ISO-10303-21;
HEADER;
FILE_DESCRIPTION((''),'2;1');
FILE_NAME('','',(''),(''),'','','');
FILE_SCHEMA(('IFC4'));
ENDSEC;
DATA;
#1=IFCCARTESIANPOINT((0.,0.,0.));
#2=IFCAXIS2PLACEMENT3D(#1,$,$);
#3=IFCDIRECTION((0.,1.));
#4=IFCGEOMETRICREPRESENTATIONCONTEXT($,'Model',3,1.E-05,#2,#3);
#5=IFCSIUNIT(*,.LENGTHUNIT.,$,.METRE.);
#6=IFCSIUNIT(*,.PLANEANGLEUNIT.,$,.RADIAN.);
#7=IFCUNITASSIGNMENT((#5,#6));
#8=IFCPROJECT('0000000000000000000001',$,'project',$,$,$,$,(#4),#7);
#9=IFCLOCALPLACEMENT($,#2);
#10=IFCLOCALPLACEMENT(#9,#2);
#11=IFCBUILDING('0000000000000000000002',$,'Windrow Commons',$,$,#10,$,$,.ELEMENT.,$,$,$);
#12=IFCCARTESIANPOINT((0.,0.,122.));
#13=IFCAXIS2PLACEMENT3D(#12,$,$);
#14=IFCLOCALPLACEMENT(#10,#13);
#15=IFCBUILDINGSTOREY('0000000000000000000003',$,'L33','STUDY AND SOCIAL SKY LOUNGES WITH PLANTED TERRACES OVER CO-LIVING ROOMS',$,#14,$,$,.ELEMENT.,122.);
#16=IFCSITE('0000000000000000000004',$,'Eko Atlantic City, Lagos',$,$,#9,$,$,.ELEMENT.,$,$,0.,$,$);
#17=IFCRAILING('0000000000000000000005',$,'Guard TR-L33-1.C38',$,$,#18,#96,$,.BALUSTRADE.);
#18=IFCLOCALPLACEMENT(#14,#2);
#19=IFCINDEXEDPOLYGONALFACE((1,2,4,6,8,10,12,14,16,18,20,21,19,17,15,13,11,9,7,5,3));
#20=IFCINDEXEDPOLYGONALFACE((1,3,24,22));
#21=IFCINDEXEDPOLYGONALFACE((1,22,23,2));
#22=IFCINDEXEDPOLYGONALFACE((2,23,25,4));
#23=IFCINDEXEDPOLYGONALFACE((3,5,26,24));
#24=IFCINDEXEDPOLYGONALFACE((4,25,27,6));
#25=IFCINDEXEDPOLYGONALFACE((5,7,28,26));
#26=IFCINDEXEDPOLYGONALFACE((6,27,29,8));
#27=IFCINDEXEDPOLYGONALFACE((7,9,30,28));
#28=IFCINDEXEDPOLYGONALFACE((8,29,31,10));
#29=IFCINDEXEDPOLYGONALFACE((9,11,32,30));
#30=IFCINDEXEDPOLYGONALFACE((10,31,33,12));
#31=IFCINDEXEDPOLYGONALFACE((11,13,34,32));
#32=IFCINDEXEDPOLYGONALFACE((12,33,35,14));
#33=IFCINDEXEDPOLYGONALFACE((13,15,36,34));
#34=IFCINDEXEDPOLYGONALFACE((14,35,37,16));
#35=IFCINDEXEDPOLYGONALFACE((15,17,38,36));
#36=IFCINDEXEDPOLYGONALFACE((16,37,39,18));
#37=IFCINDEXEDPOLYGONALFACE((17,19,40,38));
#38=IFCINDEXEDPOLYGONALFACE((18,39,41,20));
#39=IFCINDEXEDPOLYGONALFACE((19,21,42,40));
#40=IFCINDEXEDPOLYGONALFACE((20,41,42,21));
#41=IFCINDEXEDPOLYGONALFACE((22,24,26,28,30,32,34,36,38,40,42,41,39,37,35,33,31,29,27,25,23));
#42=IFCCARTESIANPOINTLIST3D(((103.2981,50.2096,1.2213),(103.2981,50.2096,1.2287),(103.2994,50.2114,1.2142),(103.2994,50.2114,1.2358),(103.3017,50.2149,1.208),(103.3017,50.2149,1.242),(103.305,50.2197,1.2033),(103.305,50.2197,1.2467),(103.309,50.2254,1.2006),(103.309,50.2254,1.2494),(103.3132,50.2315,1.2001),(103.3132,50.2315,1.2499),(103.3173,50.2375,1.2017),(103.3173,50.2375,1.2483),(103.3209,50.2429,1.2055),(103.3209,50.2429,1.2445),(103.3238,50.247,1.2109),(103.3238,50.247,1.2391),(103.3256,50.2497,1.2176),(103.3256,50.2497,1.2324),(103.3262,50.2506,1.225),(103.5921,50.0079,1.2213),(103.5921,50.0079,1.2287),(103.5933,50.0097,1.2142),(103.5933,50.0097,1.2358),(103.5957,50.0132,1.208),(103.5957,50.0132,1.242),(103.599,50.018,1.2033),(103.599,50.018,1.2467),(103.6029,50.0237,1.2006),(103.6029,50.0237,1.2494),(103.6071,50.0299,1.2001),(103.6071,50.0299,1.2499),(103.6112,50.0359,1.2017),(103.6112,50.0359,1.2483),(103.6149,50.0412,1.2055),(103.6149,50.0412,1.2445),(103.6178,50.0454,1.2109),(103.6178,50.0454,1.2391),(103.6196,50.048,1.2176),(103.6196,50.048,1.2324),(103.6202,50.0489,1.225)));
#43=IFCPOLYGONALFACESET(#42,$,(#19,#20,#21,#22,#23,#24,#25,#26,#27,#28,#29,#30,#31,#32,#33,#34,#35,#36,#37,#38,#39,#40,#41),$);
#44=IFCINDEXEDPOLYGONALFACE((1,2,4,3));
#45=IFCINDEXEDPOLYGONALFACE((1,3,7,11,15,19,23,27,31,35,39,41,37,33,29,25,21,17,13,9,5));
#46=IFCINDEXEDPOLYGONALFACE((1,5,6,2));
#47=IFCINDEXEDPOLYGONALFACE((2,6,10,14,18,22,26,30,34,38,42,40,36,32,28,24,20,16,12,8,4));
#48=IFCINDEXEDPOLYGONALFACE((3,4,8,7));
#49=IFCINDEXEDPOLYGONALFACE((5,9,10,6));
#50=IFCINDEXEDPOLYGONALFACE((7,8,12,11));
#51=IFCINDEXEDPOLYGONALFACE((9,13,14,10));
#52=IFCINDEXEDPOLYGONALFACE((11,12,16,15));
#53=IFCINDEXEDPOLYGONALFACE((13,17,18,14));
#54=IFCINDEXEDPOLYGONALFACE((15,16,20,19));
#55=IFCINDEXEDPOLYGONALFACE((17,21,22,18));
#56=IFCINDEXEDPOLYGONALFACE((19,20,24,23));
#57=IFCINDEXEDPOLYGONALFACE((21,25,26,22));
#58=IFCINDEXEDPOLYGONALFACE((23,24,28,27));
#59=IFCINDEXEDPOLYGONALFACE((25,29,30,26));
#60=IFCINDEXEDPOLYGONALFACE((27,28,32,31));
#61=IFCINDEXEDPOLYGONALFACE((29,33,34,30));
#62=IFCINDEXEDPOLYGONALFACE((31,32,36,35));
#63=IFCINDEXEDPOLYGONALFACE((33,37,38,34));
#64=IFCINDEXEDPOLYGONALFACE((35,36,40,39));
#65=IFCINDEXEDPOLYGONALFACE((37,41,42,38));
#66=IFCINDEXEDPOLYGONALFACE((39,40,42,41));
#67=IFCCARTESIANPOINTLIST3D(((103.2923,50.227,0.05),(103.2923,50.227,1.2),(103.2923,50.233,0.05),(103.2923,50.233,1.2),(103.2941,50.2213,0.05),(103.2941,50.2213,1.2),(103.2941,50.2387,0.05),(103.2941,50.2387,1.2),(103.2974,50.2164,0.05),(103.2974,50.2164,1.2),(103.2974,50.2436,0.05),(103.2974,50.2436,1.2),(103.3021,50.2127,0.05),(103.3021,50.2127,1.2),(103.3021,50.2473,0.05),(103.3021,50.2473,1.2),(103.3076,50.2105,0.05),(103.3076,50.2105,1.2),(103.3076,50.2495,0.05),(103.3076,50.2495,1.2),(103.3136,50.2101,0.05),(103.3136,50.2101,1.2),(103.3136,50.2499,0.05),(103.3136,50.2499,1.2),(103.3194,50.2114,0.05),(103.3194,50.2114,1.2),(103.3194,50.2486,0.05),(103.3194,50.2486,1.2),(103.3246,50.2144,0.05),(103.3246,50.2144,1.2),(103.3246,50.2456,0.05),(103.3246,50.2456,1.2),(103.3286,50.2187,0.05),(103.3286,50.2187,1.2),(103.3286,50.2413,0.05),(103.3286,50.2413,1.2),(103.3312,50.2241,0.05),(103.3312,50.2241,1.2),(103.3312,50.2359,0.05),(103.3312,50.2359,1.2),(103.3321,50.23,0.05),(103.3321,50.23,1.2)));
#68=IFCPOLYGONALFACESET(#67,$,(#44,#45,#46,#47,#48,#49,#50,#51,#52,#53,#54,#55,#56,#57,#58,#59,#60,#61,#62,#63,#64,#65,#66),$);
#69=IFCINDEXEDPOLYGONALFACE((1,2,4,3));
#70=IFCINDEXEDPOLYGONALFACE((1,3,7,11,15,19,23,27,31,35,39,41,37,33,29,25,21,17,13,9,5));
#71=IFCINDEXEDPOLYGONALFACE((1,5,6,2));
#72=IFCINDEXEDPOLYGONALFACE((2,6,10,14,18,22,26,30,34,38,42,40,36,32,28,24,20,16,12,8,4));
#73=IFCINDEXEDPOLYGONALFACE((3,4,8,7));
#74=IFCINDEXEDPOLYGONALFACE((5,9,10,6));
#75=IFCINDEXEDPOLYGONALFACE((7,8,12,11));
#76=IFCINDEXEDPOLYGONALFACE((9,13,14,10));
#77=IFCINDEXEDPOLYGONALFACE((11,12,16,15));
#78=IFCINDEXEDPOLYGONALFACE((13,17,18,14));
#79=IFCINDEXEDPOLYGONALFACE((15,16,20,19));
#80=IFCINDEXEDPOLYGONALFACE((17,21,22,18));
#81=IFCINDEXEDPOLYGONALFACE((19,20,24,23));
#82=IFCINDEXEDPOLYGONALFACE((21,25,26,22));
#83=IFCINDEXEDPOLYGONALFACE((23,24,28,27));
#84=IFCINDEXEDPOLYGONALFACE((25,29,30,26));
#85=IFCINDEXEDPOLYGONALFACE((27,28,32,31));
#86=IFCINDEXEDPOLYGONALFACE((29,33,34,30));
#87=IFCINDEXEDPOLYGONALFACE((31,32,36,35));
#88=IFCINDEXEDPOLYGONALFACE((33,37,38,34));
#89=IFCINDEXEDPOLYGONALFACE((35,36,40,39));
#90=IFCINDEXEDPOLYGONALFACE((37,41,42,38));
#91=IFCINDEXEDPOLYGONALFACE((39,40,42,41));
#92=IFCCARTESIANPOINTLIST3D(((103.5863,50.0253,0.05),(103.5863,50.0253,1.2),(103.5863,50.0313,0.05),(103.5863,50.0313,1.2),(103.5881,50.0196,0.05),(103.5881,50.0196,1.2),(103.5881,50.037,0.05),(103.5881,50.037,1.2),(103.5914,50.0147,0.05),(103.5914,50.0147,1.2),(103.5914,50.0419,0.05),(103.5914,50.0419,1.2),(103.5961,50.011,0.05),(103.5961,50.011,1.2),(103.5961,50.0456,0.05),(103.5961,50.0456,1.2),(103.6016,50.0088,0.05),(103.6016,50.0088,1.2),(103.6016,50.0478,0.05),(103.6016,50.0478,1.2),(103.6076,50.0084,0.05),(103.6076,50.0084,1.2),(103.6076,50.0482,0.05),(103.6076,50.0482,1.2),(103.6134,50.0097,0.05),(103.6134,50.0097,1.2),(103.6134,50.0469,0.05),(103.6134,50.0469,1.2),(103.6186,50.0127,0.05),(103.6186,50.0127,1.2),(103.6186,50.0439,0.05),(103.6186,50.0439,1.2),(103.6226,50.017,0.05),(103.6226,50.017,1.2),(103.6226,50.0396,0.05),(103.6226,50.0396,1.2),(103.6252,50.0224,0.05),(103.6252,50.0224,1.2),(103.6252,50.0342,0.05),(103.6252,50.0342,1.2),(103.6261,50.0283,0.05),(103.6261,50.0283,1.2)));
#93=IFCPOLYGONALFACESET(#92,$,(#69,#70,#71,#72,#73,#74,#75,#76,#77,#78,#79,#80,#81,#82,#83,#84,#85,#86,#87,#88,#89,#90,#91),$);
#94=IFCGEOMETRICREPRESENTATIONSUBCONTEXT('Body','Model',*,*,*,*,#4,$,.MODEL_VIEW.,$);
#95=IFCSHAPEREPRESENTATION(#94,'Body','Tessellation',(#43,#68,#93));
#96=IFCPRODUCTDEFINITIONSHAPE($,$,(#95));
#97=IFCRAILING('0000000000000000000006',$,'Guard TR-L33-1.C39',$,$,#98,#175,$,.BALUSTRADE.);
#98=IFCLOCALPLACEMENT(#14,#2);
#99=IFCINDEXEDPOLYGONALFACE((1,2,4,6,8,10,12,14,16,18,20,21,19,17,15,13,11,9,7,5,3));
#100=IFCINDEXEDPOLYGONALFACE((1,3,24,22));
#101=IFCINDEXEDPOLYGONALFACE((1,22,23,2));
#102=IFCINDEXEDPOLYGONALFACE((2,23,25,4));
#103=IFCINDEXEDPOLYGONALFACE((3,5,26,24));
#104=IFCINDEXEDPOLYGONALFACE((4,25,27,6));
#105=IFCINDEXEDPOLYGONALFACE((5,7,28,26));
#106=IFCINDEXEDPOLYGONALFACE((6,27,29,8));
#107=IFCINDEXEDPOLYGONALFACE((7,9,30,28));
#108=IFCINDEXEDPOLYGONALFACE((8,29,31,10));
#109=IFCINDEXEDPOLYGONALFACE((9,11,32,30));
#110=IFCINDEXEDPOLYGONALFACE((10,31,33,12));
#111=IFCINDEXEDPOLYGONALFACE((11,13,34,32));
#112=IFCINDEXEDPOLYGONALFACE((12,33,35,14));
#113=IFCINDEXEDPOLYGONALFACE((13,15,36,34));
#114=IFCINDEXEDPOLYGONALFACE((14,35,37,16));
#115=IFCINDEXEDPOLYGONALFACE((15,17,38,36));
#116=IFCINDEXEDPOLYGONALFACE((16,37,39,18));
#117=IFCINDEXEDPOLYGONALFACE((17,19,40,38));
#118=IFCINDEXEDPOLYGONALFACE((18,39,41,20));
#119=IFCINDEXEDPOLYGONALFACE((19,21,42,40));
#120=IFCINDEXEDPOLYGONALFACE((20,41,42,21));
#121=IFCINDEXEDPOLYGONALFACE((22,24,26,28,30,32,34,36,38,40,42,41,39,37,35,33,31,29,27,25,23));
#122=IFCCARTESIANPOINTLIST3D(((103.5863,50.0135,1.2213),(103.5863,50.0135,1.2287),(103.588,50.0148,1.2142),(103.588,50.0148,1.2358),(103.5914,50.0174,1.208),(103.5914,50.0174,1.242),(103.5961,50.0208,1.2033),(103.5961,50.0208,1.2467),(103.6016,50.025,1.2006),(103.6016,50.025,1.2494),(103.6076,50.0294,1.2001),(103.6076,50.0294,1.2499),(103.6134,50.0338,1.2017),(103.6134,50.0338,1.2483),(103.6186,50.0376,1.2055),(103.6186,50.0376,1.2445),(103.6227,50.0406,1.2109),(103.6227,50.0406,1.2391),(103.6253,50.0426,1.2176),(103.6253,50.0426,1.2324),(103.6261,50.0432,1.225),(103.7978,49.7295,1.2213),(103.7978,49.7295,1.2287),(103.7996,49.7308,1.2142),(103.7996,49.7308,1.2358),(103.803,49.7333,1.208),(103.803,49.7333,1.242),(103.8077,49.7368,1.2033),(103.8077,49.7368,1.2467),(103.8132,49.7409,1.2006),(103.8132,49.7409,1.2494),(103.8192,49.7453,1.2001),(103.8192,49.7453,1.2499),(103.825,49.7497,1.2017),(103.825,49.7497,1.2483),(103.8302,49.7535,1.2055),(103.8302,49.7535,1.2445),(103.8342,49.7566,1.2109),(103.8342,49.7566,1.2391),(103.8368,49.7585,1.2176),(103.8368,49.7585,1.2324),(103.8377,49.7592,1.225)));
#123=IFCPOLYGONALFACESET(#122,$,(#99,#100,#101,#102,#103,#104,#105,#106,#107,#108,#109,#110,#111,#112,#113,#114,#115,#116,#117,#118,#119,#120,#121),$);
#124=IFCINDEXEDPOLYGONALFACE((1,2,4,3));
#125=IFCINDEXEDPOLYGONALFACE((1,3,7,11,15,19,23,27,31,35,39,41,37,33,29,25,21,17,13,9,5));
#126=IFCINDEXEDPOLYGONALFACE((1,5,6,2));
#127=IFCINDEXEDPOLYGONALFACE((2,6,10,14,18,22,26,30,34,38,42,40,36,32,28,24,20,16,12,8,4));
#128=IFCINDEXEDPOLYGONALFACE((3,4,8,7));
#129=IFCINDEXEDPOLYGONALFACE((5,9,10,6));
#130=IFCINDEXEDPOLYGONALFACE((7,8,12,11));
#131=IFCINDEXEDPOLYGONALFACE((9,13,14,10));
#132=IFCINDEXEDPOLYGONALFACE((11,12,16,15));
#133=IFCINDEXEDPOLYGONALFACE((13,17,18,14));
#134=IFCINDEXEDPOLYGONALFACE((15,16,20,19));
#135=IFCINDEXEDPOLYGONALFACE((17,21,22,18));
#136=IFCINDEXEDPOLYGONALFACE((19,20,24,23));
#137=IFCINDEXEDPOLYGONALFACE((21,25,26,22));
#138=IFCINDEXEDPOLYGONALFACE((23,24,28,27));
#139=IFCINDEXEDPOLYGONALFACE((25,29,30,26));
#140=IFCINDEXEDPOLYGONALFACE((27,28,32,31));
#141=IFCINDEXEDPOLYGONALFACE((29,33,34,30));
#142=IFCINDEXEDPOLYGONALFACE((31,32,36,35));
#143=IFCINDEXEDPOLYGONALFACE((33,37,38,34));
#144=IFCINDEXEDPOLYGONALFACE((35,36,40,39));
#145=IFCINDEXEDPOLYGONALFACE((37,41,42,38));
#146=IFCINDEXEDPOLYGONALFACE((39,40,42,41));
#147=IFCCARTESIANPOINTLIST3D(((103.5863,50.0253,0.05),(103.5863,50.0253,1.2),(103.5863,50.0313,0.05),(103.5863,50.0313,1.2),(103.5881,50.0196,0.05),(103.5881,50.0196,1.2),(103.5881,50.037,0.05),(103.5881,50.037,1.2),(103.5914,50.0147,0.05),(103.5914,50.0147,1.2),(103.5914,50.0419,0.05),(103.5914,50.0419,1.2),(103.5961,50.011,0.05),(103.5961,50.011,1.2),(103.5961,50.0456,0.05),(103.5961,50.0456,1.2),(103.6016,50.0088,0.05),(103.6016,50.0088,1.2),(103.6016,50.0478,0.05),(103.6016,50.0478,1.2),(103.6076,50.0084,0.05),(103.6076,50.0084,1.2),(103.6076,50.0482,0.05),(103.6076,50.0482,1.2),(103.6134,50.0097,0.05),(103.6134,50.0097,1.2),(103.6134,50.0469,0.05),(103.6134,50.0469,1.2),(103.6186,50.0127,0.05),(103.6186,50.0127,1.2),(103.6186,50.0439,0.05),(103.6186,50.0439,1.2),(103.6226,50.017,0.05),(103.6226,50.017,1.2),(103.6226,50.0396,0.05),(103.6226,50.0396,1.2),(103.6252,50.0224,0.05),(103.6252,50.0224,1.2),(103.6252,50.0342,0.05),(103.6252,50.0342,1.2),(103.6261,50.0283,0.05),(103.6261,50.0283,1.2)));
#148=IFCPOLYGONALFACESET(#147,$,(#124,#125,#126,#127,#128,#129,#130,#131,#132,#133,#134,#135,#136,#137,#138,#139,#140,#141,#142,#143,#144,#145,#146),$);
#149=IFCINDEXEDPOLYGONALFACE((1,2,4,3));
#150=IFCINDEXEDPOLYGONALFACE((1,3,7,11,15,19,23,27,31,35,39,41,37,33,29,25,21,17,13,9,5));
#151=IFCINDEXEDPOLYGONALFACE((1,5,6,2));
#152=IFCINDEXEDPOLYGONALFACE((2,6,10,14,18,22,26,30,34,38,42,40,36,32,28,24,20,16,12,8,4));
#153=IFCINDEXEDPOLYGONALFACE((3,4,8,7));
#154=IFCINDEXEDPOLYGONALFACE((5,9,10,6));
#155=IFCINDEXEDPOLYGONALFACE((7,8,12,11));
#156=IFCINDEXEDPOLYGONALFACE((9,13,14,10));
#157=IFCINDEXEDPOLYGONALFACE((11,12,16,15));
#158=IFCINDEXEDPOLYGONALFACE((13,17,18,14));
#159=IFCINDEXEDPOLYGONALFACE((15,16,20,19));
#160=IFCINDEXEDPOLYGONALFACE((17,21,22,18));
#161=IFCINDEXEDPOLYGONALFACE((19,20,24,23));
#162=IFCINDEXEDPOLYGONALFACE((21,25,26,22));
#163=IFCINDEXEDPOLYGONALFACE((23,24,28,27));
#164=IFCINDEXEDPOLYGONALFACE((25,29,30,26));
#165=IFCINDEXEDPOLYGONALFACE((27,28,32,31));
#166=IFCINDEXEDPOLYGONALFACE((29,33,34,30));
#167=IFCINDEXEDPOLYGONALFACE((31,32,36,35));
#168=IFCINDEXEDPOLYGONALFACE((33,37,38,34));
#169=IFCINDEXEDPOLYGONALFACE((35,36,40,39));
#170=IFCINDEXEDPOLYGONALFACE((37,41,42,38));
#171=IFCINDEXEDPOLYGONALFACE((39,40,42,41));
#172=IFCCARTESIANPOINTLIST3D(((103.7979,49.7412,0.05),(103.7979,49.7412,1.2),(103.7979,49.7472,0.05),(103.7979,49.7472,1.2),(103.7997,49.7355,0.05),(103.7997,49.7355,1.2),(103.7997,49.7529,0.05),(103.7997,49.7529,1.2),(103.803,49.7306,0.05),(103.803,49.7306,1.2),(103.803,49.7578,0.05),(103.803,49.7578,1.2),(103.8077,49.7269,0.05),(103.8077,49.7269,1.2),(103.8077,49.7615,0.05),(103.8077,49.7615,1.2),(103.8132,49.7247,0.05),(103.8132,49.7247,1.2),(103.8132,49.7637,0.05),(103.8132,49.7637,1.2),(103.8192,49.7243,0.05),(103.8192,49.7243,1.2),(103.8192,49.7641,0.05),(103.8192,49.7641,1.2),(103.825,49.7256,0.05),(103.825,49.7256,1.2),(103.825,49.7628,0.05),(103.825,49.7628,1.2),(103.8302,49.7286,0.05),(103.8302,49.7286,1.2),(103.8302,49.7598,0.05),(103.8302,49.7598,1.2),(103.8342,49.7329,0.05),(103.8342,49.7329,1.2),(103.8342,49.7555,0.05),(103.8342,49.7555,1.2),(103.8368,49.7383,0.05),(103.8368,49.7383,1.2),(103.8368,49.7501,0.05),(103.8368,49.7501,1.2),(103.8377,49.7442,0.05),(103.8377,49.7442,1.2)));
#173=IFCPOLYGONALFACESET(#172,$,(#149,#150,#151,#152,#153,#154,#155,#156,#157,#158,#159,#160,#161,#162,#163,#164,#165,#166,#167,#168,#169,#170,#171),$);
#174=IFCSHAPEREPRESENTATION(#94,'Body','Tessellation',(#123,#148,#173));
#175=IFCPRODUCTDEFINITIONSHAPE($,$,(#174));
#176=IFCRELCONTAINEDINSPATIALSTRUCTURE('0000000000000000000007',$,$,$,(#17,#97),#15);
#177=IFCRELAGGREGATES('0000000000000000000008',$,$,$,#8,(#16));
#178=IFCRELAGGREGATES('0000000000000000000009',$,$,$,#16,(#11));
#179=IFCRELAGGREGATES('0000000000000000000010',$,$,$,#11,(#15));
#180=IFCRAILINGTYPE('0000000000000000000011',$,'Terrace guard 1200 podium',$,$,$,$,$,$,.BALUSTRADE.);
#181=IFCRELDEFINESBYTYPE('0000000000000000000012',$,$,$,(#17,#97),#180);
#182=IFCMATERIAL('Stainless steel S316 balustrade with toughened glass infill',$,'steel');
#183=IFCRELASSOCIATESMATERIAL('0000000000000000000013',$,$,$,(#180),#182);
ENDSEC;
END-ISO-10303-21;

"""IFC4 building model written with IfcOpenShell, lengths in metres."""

from ifc_helpers import new_model, si_unit, direction, frame, origin, origin_2d, place, context, subcontext, project, spatial, circle, extrude, material, type_object, element, save


model = new_model("IFC4")

# Units and contexts
model_context = context("Model", 3, precision=1e-05, world=origin(), true_north=direction((0.0, 1.0)))
body_context = subcontext(model_context, "Body", "Model", "MODEL_VIEW")
ifc_project = project(units=[si_unit("LENGTHUNIT", "METRE"), si_unit("PLANEANGLEUNIT", "RADIAN")], contexts=[model_context])

# Site, building, storey
site_placement = place(None, origin())
site = spatial("IfcSite", under=ifc_project, at=site_placement, Name="Eko Atlantic City, Lagos", CompositionType="ELEMENT", RefElevation=0.0)
building_placement = place(site_placement, origin())
building = spatial("IfcBuilding", under=site, at=building_placement, Name="Windrow Commons", CompositionType="ELEMENT")
storey_placement = place(building_placement, frame((0.0, 0.0, 122.0)))
storey = spatial("IfcBuildingStorey", under=building, at=storey_placement, Name="L33", Description="STUDY AND SOCIAL SKY LOUNGES WITH PLANTED TERRACES OVER CO-LIVING ROOMS", CompositionType="ELEMENT", Elevation=122.0)

# Railings
ifc_material_1 = material(Name="Stainless steel S316 balustrade with toughened glass infill", Category="steel")
railing_type_1 = type_object("IfcRailingType", Name="Terrace guard 1200 podium", PredefinedType="BALUSTRADE", material=ifc_material_1)
railing_1_placement = place(storey_placement, frame((103.3121, 50.23, 0.05)))
element("IfcRailing", 1, at=railing_1_placement, inside=storey, type_object=railing_type_1, Name="Guard TR-L33-1.C38", PredefinedType="BALUSTRADE", context=body_context, shape_type="SweptSolid", body=[
    extrude(circle(Radius=0.025, at=origin_2d()), frame((0.0, 0.0, 1.175), z_axis=(0.824598, -0.565719, 0.0), x_axis=(0.565719, 0.824598, 0.0)), (0.0, 0.0, 1.0), 0.3565),
    extrude(circle(Radius=0.02, at=origin_2d()), origin(), (0.0, 0.0, 1.0), 1.15),
    extrude(circle(Radius=0.02, at=origin_2d()), frame((0.294, -0.2017, 0.0)), (0.0, 0.0, 1.0), 1.15),
])
railing_2_placement = place(storey_placement, frame((103.6061, 50.0283, 0.05)))
element("IfcRailing", 2, at=railing_2_placement, inside=storey, type_object=railing_type_1, Name="Guard TR-L33-1.C39", PredefinedType="BALUSTRADE", context=body_context, shape_type="SweptSolid", body=[
    extrude(circle(Radius=0.025, at=origin_2d()), frame((0.0, 0.0, 1.175), z_axis=(0.597332, -0.801994, 0.0), x_axis=(0.801994, 0.597332, 0.0)), (0.0, 0.0, 1.0), 0.3542),
    extrude(circle(Radius=0.02, at=origin_2d()), origin(), (0.0, 0.0, 1.0), 1.15),
    extrude(circle(Radius=0.02, at=origin_2d()), frame((0.2116, -0.2841, 0.0)), (0.0, 0.0, 1.0), 1.15),
])

save(model, "model.ifc")
